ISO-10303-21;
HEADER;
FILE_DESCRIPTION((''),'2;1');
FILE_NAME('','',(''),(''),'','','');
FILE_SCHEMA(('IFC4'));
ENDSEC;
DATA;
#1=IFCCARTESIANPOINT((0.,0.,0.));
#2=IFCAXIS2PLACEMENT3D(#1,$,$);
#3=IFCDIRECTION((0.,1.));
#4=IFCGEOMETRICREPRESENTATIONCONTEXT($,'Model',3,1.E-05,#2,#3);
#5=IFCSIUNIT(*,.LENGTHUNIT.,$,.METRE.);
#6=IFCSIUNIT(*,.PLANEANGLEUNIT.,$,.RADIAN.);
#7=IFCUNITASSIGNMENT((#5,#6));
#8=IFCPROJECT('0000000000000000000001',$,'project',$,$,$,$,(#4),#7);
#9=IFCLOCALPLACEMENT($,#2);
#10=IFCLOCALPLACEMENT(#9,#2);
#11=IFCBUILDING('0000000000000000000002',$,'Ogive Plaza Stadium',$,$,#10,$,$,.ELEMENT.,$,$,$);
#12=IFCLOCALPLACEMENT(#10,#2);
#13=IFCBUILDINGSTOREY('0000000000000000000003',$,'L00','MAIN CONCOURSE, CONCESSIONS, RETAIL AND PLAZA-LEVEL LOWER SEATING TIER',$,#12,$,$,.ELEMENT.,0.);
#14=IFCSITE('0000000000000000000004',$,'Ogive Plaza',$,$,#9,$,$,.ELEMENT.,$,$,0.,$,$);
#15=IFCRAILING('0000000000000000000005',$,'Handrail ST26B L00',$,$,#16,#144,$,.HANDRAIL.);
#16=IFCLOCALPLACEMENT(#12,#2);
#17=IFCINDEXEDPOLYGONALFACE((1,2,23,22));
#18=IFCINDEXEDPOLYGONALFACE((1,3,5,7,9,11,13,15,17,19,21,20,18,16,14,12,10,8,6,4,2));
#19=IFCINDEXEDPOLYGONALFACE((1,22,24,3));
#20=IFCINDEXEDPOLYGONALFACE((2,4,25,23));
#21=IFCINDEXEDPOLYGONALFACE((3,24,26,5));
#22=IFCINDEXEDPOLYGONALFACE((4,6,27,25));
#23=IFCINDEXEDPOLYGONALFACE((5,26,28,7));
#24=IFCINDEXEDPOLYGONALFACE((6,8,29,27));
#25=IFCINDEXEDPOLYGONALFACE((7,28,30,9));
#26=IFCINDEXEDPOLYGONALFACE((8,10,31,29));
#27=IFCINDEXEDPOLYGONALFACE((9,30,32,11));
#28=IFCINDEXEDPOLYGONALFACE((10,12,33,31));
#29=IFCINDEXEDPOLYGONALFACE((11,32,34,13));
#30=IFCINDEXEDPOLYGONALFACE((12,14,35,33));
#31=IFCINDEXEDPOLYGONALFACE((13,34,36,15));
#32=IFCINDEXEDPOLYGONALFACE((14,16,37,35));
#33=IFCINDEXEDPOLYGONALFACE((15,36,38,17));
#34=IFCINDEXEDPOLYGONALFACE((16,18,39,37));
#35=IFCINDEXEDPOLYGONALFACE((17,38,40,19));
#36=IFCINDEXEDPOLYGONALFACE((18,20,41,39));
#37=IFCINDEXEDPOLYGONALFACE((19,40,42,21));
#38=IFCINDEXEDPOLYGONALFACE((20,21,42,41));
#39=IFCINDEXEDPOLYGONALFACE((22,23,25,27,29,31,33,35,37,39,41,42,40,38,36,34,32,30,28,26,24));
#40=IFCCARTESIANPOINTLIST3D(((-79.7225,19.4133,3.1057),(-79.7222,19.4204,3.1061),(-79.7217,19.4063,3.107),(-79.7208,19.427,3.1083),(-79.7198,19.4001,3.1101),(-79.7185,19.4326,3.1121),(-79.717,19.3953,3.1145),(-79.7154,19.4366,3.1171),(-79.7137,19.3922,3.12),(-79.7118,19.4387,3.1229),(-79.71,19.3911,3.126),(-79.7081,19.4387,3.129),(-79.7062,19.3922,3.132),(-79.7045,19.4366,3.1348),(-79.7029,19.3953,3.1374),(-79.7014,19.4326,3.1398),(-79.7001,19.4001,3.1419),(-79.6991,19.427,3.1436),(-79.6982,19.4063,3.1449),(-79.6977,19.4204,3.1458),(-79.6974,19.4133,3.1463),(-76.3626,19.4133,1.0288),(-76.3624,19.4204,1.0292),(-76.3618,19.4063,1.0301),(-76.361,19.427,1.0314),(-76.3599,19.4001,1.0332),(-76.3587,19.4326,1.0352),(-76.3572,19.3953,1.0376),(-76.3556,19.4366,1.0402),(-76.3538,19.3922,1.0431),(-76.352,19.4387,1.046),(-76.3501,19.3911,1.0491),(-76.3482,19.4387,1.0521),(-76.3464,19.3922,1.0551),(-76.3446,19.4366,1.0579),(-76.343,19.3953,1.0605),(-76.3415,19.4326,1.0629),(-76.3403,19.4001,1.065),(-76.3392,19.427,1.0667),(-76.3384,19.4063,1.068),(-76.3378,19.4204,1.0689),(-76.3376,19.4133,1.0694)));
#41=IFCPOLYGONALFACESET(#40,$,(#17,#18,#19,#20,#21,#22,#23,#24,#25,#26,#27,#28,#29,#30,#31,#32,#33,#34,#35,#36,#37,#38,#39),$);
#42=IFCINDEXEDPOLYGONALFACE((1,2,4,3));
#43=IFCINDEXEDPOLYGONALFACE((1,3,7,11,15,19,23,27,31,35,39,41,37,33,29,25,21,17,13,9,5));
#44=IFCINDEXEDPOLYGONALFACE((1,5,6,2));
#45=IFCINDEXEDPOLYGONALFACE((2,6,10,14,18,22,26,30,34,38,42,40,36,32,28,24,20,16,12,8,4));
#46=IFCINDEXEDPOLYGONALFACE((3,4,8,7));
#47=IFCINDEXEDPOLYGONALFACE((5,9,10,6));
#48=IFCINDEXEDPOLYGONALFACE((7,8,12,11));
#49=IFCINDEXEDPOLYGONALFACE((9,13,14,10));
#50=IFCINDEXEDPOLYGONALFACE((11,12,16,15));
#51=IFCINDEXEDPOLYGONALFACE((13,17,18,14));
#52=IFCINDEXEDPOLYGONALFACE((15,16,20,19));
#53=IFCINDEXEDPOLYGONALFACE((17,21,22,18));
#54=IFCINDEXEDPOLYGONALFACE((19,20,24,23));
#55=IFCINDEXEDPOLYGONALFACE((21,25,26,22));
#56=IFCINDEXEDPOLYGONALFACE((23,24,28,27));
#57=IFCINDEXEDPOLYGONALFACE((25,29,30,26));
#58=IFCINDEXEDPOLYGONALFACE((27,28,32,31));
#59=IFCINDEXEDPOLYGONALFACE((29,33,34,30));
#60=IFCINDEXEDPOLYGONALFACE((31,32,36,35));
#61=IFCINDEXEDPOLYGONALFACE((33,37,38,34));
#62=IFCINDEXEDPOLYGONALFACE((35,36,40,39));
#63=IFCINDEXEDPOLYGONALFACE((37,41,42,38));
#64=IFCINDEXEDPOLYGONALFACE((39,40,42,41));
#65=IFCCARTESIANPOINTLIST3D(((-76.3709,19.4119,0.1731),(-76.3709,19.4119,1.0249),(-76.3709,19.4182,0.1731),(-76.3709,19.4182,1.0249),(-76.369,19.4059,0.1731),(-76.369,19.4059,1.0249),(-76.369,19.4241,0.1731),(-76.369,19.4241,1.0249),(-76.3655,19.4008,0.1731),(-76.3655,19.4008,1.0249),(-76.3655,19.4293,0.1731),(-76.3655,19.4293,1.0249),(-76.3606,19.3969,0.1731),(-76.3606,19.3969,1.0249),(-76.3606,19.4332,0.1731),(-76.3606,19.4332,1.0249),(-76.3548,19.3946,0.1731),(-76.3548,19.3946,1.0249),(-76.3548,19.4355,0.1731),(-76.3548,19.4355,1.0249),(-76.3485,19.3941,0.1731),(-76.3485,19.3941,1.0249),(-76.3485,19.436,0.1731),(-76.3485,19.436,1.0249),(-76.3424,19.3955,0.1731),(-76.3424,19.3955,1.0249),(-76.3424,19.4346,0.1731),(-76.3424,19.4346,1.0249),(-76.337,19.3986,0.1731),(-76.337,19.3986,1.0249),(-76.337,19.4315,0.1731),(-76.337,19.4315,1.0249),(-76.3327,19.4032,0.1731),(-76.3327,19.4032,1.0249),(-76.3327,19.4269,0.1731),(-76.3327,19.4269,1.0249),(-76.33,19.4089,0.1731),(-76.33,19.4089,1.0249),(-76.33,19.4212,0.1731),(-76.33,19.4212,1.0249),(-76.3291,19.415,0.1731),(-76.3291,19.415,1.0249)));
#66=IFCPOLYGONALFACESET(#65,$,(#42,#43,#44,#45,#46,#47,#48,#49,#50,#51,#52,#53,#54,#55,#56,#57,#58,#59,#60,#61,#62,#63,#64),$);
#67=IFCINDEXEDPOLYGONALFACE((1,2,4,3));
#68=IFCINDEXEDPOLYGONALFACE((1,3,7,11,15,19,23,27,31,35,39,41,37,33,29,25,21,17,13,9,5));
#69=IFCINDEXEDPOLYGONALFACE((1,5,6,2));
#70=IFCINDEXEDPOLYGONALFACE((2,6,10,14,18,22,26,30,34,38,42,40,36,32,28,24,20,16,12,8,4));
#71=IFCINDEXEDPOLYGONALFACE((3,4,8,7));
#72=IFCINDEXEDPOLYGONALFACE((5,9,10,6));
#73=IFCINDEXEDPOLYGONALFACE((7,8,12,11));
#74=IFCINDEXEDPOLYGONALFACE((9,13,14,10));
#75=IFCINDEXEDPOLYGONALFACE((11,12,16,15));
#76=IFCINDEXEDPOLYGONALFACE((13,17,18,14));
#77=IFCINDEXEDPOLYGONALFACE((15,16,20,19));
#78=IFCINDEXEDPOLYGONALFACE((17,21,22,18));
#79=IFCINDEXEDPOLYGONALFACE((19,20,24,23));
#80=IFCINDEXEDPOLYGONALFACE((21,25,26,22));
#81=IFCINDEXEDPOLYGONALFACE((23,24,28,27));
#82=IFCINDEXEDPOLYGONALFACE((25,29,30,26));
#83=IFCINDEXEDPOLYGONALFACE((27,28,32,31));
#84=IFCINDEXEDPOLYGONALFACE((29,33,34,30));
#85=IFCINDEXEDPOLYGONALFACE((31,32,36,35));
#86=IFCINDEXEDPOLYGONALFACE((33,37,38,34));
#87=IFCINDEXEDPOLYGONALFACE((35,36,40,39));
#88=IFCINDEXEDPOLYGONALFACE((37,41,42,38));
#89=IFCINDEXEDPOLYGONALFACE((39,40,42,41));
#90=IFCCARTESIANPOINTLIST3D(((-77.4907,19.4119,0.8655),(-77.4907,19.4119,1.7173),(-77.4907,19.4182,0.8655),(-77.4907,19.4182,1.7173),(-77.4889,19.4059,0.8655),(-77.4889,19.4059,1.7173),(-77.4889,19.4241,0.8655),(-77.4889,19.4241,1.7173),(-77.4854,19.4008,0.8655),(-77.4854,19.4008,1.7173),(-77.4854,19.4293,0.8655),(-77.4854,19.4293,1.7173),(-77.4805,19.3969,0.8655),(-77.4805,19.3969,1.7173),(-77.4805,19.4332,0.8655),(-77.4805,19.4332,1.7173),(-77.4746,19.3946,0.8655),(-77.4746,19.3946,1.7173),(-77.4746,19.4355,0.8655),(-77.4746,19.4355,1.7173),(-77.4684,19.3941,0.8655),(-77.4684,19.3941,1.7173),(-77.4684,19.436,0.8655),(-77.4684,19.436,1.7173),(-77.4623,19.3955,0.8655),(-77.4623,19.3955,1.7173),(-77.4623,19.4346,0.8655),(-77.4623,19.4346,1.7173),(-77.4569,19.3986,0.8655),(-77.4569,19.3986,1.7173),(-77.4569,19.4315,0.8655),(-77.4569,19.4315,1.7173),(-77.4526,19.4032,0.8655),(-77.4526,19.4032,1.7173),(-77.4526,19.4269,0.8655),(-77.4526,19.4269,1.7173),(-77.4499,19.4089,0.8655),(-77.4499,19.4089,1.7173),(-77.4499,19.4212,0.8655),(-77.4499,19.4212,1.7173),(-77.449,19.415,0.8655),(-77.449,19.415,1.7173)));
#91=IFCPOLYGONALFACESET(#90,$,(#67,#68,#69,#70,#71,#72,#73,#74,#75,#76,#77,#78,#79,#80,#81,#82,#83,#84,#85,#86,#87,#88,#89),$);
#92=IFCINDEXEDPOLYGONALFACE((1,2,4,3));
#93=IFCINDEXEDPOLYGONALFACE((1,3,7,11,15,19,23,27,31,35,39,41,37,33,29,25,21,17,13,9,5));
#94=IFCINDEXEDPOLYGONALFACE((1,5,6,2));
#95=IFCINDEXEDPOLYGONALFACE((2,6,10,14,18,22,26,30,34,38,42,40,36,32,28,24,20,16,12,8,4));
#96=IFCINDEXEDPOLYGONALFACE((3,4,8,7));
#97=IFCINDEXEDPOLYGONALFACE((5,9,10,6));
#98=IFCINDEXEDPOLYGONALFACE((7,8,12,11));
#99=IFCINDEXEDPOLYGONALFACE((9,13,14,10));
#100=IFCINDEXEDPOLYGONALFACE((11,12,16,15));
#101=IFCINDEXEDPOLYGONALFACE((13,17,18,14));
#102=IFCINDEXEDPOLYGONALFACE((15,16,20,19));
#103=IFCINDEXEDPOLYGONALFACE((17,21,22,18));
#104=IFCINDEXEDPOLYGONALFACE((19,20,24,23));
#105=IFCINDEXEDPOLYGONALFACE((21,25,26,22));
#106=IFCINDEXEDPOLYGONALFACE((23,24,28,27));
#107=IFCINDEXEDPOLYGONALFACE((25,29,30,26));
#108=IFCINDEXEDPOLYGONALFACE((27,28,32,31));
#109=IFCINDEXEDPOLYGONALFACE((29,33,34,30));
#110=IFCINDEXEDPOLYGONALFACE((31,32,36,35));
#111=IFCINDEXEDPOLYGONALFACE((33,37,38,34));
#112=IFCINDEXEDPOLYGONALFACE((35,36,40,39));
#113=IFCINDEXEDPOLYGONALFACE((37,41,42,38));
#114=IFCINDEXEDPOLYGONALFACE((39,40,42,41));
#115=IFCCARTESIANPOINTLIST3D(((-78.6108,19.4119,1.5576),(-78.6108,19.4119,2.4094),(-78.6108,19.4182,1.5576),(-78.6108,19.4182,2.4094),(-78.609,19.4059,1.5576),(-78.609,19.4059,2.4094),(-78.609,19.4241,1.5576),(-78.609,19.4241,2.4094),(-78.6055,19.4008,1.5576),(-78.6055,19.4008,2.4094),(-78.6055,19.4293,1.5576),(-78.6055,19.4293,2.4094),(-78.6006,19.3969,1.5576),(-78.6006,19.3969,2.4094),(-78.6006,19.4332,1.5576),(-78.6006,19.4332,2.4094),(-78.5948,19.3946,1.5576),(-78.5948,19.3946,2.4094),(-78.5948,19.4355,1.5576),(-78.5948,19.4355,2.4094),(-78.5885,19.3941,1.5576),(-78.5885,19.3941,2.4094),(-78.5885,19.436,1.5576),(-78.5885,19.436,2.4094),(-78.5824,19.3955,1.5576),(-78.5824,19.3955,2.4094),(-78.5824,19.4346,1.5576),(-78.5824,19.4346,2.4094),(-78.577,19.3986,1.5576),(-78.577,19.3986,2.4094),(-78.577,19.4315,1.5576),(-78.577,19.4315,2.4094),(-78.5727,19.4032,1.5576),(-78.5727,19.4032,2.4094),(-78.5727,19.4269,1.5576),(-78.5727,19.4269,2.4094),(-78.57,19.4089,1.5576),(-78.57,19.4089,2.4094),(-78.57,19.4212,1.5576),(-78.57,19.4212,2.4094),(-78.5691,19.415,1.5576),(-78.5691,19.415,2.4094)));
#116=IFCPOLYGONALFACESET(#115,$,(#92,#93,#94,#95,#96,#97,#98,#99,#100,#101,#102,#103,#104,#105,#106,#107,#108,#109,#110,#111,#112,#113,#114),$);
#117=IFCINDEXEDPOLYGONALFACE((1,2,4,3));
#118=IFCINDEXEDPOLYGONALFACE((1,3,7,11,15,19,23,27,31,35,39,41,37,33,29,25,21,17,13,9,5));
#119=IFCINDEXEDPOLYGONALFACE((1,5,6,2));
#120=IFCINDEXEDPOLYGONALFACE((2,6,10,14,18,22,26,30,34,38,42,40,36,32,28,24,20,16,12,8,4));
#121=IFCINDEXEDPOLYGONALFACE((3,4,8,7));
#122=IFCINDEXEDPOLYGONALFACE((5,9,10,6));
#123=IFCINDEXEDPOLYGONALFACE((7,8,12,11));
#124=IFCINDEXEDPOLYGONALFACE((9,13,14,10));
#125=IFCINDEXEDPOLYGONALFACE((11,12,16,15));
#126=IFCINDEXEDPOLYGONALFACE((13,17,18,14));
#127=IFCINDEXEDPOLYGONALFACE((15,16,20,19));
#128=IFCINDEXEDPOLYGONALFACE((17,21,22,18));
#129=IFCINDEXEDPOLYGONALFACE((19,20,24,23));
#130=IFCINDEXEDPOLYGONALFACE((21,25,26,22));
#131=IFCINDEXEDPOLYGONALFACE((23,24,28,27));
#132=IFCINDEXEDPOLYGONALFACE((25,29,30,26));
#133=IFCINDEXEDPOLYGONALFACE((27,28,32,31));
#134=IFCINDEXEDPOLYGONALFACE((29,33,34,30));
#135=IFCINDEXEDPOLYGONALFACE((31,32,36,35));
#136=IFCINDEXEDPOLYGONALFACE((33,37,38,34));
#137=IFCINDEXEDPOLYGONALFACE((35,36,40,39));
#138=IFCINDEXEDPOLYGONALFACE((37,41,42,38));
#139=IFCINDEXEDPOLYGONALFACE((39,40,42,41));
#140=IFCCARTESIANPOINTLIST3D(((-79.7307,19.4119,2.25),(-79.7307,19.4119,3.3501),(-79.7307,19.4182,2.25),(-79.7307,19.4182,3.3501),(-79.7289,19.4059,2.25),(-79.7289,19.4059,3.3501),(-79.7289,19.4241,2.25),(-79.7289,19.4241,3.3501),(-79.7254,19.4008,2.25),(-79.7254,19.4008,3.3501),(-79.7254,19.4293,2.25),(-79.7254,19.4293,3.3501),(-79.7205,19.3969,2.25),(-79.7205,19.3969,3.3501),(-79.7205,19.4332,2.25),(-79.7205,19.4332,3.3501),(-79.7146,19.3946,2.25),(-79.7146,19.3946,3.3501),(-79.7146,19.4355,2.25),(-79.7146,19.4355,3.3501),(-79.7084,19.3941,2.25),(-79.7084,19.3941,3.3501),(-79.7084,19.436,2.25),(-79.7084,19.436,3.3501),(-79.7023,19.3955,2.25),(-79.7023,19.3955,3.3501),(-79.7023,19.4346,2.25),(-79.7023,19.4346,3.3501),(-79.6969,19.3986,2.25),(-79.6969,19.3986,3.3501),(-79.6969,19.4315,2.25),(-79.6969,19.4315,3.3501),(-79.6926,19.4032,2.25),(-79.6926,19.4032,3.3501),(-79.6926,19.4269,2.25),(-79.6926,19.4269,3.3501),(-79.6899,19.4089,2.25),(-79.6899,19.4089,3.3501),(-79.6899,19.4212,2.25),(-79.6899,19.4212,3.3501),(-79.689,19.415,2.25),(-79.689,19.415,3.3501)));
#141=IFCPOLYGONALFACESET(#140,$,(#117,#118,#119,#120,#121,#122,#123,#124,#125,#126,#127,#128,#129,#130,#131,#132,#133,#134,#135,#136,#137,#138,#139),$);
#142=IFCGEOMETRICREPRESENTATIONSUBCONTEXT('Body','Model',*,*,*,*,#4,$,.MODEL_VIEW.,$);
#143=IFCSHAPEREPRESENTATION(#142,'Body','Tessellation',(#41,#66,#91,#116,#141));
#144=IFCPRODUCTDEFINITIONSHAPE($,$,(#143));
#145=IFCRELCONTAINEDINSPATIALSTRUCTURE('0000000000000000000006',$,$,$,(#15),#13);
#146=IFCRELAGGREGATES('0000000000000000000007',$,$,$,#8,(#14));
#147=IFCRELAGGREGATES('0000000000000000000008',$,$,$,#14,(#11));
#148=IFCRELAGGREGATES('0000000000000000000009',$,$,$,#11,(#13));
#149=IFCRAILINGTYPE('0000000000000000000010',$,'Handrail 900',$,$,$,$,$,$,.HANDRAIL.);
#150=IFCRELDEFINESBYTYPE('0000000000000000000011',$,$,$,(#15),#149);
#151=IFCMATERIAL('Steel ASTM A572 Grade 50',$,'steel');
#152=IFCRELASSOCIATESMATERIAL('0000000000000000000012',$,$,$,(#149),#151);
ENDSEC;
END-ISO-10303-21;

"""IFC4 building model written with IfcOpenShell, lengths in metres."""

from ifc_helpers import new_model, si_unit, direction, frame, origin, origin_2d, place, context, subcontext, project, spatial, circle, extrude, material, type_object, element, save


model = new_model("IFC4")

# Units and contexts
model_context = context("Model", 3, precision=1e-05, world=origin(), true_north=direction((0.0, 1.0)))
body_context = subcontext(model_context, "Body", "Model", "MODEL_VIEW")
ifc_project = project(units=[si_unit("LENGTHUNIT", "METRE"), si_unit("PLANEANGLEUNIT", "RADIAN")], contexts=[model_context])

# Site, building, storey
site_placement = place(None, origin())
site = spatial("IfcSite", under=ifc_project, at=site_placement, Name="Ogive Plaza", CompositionType="ELEMENT", RefElevation=0.0)
building_placement = place(site_placement, origin())
building = spatial("IfcBuilding", under=site, at=building_placement, Name="Ogive Plaza Stadium", CompositionType="ELEMENT")
storey_placement = place(building_placement, origin())
storey = spatial("IfcBuildingStorey", under=building, at=storey_placement, Name="L00", Description="MAIN CONCOURSE, CONCESSIONS, RETAIL AND PLAZA-LEVEL LOWER SEATING TIER", CompositionType="ELEMENT", Elevation=0.0)

# Railing
ifc_material_1 = material(Name="Steel ASTM A572 Grade 50", Category="steel")
railing_type_1 = type_object("IfcRailingType", Name="Handrail 900", PredefinedType="HANDRAIL", material=ifc_material_1)
for number, where, name in (
    (1, (-76.3501, 19.415, 0.1731), "Handrail ST26B L00"),
):
    element("IfcRailing", number, at=place(storey_placement, frame(where)), inside=storey, type_object=railing_type_1, Name=name, PredefinedType="HANDRAIL", context=body_context, shape_type="SweptSolid", body=[
        extrude(circle(Radius=0.0239, at=origin_2d()), frame((0.0, 0.0, 0.876), z_axis=(-0.850606, 0.0, 0.525803), x_axis=(0.0, -1.0, 0.0)), (0.0, 0.0, 1.0), 3.95),
        extrude(circle(Radius=0.021, at=origin_2d()), origin(), (0.0, 0.0, 1.0), 0.8518),
        extrude(circle(Radius=0.021, at=origin_2d()), frame((-1.1199, 0.0, 0.6924)), (0.0, 0.0, 1.0), 0.8518),
        extrude(circle(Radius=0.021, at=origin_2d()), frame((-2.24, 0.0, 1.3845)), (0.0, 0.0, 1.0), 0.8518),
        extrude(circle(Radius=0.021, at=origin_2d()), frame((-3.3599, 0.0, 2.0769)), (0.0, 0.0, 1.0), 1.1001),
    ])

save(model, "model.ifc")
